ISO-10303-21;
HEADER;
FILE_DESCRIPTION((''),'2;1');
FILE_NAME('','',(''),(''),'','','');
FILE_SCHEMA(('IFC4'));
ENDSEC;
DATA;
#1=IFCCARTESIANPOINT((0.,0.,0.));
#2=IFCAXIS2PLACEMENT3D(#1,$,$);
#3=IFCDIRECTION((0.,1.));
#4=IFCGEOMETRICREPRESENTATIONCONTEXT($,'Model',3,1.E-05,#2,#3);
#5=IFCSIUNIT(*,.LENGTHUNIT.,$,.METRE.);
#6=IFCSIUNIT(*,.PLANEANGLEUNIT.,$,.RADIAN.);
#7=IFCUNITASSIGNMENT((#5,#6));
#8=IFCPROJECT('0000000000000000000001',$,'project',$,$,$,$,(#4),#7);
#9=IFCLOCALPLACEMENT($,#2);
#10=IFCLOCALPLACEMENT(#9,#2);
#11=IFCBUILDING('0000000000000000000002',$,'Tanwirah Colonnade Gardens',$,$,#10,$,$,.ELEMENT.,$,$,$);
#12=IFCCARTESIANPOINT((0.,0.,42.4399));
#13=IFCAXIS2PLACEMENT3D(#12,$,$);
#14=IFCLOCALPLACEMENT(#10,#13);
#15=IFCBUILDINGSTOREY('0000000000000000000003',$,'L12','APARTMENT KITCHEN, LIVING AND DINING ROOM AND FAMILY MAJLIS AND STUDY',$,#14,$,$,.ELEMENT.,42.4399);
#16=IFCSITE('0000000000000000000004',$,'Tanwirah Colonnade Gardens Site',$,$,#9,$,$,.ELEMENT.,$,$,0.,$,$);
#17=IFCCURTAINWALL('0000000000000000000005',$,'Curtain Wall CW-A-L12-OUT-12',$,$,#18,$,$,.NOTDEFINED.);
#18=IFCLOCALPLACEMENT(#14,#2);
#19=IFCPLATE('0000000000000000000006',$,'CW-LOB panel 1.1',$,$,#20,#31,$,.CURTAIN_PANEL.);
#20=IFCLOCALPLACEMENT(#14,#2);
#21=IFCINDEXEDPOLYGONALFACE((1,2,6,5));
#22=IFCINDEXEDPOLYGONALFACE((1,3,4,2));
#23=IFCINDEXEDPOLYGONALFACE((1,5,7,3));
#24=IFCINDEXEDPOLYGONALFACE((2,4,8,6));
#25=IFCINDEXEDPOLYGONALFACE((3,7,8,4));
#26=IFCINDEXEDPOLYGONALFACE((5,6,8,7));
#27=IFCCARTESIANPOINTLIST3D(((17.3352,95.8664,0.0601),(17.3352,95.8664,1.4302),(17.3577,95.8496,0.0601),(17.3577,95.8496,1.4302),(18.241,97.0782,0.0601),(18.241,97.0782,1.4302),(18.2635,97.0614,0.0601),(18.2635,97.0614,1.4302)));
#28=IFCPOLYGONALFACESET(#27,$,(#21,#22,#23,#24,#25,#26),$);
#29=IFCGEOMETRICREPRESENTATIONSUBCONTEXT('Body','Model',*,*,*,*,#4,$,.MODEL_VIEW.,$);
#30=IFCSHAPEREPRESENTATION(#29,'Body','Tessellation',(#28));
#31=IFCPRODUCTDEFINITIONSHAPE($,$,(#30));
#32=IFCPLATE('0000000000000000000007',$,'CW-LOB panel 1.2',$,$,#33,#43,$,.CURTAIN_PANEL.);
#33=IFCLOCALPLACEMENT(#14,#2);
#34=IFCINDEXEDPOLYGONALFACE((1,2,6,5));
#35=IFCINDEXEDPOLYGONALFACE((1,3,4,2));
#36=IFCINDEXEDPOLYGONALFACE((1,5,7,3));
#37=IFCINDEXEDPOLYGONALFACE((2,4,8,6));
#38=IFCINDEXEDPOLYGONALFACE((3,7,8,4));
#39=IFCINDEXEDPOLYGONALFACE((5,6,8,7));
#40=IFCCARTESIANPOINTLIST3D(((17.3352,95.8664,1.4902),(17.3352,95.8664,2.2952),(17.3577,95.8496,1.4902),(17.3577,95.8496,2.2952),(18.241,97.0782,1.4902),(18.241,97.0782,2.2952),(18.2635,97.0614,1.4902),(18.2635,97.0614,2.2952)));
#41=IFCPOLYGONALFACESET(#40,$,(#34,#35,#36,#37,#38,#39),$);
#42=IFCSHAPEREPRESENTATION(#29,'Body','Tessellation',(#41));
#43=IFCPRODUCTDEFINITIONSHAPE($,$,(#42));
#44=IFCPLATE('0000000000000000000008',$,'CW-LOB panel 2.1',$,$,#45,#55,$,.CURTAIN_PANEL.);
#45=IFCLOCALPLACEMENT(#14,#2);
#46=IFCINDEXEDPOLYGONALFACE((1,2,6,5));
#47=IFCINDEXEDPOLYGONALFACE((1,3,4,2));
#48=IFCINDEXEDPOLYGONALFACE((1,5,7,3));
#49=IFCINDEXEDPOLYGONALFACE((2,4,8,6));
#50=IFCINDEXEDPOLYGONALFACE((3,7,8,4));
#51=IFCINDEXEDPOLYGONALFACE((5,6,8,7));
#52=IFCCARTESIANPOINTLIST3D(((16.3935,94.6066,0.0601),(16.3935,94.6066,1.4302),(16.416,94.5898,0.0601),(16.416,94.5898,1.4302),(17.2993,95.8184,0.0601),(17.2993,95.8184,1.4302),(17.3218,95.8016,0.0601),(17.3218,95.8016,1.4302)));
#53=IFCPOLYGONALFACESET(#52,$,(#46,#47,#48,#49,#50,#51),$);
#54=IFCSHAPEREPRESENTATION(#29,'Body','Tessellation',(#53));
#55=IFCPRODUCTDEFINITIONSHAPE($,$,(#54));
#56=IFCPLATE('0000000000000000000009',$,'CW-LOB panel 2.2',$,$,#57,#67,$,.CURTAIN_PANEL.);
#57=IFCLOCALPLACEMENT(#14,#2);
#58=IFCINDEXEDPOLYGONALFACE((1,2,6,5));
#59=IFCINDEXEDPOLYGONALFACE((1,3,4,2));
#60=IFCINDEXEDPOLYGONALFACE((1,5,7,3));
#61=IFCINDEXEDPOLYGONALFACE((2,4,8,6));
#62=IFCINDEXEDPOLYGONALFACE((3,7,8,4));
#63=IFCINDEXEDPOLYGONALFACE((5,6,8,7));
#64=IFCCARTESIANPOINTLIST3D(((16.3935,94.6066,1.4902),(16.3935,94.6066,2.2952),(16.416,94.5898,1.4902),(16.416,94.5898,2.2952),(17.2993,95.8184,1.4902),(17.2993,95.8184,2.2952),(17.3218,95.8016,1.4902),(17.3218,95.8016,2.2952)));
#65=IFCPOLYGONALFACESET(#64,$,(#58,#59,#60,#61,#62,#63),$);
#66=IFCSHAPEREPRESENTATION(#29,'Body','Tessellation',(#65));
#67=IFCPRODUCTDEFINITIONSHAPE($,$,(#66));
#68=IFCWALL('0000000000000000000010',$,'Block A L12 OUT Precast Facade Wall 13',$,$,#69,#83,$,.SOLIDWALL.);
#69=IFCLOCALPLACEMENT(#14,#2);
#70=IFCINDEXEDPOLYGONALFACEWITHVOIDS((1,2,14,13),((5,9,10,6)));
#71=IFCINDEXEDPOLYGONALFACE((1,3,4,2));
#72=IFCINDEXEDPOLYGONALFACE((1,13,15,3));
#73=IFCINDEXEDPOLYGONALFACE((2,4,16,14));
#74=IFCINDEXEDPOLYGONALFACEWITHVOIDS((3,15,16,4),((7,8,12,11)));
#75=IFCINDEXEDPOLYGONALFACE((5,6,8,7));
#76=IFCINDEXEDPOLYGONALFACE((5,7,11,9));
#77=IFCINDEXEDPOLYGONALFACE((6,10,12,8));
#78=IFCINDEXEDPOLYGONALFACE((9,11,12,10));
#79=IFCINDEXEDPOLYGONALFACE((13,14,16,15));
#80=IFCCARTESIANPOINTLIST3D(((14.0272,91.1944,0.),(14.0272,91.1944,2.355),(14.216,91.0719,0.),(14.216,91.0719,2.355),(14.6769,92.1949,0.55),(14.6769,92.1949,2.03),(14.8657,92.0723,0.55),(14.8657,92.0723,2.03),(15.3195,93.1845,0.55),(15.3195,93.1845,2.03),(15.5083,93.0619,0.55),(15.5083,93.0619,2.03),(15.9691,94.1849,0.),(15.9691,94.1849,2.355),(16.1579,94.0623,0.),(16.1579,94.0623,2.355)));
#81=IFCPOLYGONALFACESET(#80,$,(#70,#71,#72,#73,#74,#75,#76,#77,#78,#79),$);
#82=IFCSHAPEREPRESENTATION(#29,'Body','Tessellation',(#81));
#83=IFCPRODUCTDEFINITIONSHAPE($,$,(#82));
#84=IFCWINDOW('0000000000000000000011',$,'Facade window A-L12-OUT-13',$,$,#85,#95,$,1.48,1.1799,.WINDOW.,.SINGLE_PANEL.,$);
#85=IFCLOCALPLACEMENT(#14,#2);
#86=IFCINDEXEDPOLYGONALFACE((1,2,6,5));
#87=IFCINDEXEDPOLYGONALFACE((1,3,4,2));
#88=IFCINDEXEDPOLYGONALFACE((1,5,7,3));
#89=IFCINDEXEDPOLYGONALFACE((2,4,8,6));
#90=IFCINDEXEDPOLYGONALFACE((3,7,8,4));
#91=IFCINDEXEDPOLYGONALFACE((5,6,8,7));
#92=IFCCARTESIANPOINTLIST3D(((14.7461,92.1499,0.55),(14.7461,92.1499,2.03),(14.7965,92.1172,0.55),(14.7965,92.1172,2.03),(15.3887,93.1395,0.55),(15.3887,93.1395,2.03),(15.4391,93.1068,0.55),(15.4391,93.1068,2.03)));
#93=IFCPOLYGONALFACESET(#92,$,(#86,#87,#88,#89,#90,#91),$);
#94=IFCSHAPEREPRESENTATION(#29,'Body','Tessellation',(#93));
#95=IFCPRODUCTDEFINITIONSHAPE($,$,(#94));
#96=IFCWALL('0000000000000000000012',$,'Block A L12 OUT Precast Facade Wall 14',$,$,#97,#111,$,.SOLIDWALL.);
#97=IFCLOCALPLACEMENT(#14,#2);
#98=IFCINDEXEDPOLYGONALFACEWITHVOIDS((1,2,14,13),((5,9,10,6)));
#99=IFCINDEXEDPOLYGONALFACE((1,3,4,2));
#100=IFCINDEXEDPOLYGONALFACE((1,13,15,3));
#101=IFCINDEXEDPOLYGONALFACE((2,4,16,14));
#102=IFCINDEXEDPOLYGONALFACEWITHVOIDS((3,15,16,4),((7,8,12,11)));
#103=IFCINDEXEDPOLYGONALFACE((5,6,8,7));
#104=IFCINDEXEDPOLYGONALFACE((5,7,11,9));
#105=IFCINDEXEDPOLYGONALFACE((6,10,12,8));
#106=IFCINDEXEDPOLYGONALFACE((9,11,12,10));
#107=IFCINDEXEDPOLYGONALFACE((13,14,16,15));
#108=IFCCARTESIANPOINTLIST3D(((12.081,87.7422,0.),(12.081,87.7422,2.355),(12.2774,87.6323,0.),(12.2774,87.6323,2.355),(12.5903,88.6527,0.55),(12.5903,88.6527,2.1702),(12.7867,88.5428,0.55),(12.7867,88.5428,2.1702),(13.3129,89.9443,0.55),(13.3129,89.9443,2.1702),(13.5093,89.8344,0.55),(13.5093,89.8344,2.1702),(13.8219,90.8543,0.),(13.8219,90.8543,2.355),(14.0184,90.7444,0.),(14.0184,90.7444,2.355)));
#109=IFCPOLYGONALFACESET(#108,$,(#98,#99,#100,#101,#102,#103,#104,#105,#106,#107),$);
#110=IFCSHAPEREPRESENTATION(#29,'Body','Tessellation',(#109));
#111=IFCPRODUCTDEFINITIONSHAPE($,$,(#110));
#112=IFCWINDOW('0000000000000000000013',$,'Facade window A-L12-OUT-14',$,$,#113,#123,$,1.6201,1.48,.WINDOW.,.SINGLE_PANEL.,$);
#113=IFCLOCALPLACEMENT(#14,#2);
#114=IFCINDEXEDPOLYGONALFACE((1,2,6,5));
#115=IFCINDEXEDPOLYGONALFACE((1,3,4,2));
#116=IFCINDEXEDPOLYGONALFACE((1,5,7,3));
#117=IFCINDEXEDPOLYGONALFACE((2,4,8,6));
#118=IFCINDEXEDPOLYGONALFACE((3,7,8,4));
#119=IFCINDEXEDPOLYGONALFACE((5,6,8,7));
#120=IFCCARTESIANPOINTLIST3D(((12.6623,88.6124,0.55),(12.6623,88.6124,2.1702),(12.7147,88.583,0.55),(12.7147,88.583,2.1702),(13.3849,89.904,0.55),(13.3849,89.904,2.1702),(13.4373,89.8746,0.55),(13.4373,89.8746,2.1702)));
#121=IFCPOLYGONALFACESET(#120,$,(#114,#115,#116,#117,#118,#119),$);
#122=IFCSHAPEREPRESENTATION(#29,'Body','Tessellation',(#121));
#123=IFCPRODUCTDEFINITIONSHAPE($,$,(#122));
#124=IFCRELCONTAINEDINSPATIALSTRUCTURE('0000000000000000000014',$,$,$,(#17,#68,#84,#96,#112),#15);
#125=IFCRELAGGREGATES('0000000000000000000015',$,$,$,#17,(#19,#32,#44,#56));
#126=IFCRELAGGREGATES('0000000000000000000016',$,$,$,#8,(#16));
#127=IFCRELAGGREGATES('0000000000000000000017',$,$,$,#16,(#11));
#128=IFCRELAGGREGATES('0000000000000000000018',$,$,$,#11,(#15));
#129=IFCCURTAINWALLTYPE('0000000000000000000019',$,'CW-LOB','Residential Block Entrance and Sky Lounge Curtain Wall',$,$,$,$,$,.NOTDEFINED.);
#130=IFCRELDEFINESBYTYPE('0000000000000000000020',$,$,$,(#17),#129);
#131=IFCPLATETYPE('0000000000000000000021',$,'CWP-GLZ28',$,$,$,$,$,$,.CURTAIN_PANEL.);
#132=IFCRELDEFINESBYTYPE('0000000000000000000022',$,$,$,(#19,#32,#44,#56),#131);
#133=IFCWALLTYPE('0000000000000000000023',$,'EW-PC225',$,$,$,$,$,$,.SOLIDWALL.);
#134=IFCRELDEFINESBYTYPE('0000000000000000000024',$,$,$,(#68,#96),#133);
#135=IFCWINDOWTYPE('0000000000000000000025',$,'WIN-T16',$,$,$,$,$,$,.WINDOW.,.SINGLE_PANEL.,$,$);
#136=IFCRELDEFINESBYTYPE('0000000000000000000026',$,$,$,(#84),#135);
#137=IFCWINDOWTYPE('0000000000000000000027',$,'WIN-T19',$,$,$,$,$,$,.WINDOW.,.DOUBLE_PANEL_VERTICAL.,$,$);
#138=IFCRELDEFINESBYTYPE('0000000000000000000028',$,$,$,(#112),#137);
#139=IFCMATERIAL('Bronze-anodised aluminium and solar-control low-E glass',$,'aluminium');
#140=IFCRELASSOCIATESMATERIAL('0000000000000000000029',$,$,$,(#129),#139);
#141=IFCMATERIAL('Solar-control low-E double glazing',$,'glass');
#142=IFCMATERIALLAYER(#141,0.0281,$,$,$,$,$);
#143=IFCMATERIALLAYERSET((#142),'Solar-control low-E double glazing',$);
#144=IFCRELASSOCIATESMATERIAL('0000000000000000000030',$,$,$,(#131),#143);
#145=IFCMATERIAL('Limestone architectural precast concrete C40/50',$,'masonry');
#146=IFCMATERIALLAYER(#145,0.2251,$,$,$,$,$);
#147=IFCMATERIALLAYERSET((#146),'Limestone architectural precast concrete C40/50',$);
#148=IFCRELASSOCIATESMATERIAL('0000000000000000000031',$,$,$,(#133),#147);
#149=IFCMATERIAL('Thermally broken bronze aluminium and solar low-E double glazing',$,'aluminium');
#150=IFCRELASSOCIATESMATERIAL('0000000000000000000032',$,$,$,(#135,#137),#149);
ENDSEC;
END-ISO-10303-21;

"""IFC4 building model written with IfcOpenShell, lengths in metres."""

from ifc_helpers import new_model, si_unit, direction, frame, frame_2d, origin, origin_2d, place, context, subcontext, project, spatial, rectangle, extrude, material, layer, layer_set, type_object, element, fill, aggregate, save


model = new_model("IFC4")

# Units and contexts
model_context = context("Model", 3, precision=1e-05, world=origin(), true_north=direction((0.0, 1.0)))
body_context = subcontext(model_context, "Body", "Model", "MODEL_VIEW")
ifc_project = project(units=[si_unit("LENGTHUNIT", "METRE"), si_unit("PLANEANGLEUNIT", "RADIAN")], contexts=[model_context])

# Site, building, storey
site_placement = place(None, origin())
site = spatial("IfcSite", under=ifc_project, at=site_placement, Name="Tanwirah Colonnade Gardens Site", CompositionType="ELEMENT", RefElevation=0.0)
building_placement = place(site_placement, origin())
building = spatial("IfcBuilding", under=site, at=building_placement, Name="Tanwirah Colonnade Gardens", CompositionType="ELEMENT")
storey_placement = place(building_placement, frame((0.0, 0.0, 42.4399)))
storey = spatial("IfcBuildingStorey", under=building, at=storey_placement, Name="L12", Description="APARTMENT KITCHEN, LIVING AND DINING ROOM AND FAMILY MAJLIS AND STUDY", CompositionType="ELEMENT", Elevation=42.4399)

# Curtain wall
ifc_material_1 = material(Name="Bronze-anodised aluminium and solar-control low-E glass", Category="aluminium")
curtain_wall_type = type_object("IfcCurtainWallType", Name="CW-LOB", Description="Residential Block Entrance and Sky Lounge Curtain Wall", PredefinedType="NOTDEFINED", material=ifc_material_1)
curtain_wall_placement = place(storey_placement, origin())
curtain_wall = element("IfcCurtainWall", 1, at=curtain_wall_placement, inside=storey, type_object=curtain_wall_type, Name="Curtain Wall CW-A-L12-OUT-12", PredefinedType="NOTDEFINED")

# Plates
ifc_material_2 = material(Name="Solar-control low-E double glazing", Category="glass")
ifc_layer_1 = layer(ifc_material_2, 0.0281)
ifc_layer_set_1 = layer_set([ifc_layer_1], Name="Solar-control low-E double glazing")
plate_type = type_object("IfcPlateType", Name="CWP-GLZ28", PredefinedType="CURTAIN_PANEL", material=ifc_layer_set_1)
plate_1_placement = place(storey_placement, frame((17.7993, 96.4639, 0.0601), z_axis=(0.0, 0.0, 1.0), x_axis=(-0.598714, -0.800963, 0.0)))
plate_1 = element("IfcPlate", 2, at=plate_1_placement, type_object=plate_type, Name="CW-LOB panel 1.1", PredefinedType="CURTAIN_PANEL", context=body_context, shape_type="SweptSolid", body=[
    extrude(rectangle(XDim=1.5129, YDim=0.0281, at=origin_2d()), origin(), (0.0, 0.0, 1.0), 1.3701),
])
plate_2_placement = place(storey_placement, frame((17.7993, 96.4639, 1.4902), z_axis=(0.0, 0.0, 1.0), x_axis=(-0.598714, -0.800963, 0.0)))
plate_2 = element("IfcPlate", 3, at=plate_2_placement, type_object=plate_type, Name="CW-LOB panel 1.2", PredefinedType="CURTAIN_PANEL", context=body_context, shape_type="SweptSolid", body=[
    extrude(rectangle(XDim=1.5129, YDim=0.0281, at=origin_2d()), origin(), (0.0, 0.0, 1.0), 0.8049),
])
plate_3_placement = place(storey_placement, frame((16.8577, 95.2041, 0.0601), z_axis=(0.0, 0.0, 1.0), x_axis=(-0.598714, -0.800963, 0.0)))
plate_3 = element("IfcPlate", 4, at=plate_3_placement, type_object=plate_type, Name="CW-LOB panel 2.1", PredefinedType="CURTAIN_PANEL", context=body_context, shape_type="SweptSolid", body=[
    extrude(rectangle(XDim=1.5129, YDim=0.0281, at=origin_2d()), origin(), (0.0, 0.0, 1.0), 1.3701),
])
plate_4_placement = place(storey_placement, frame((16.8577, 95.2041, 1.4902), z_axis=(0.0, 0.0, 1.0), x_axis=(-0.598714, -0.800963, 0.0)))
plate_4 = element("IfcPlate", 5, at=plate_4_placement, type_object=plate_type, Name="CW-LOB panel 2.2", PredefinedType="CURTAIN_PANEL", context=body_context, shape_type="SweptSolid", body=[
    extrude(rectangle(XDim=1.5129, YDim=0.0281, at=origin_2d()), origin(), (0.0, 0.0, 1.0), 0.8049),
])
aggregate(curtain_wall, [plate_1, plate_2, plate_3, plate_4])

# Walls, openings, windows
ifc_material_3 = material(Name="Limestone architectural precast concrete C40/50", Category="masonry")
ifc_layer_2 = layer(ifc_material_3, 0.2251)
ifc_layer_set_2 = layer_set([ifc_layer_2], Name="Limestone architectural precast concrete C40/50")
wall_type = type_object("IfcWallType", Name="EW-PC225", PredefinedType="SOLIDWALL", material=ifc_layer_set_2)
wall_1_placement = place(storey_placement, frame((16.0635, 94.1235, 0.0), z_axis=(0.0, 0.0, 1.0), x_axis=(-0.54461, -0.838689, 0.0)))
wall_1 = element("IfcWall", 6, at=wall_1_placement, inside=storey, type_object=wall_type, Name="Block A L12 OUT Precast Facade Wall 13", PredefinedType="SOLIDWALL", context=body_context, shape_type="SweptSolid", body=[
    extrude(rectangle(XDim=3.5657, YDim=0.2251, at=frame_2d((1.7827, 0.0))), origin(), (0.0, 0.0, 1.0), 2.355),
])
opening_1_placement = place(wall_1_placement, frame((1.1929, 0.0, 0.55)))
opening_1 = element("IfcOpeningElement", 7, at=opening_1_placement, cuts=wall_1, PredefinedType="OPENING", context=body_context, shape_type="SweptSolid", body=[
    extrude(rectangle(XDim=1.1799, YDim=1.48, at=frame_2d((0.5898, 0.74))), frame((0.0, 0.1226, 0.0), z_axis=(0.0, -1.0, 0.0), x_axis=(1.0, 0.0, 0.0)), (0.0, 0.0, 1.0), 0.2451),
])
ifc_material_4 = material(Name="Thermally broken bronze aluminium and solar low-E double glazing", Category="aluminium")
window_type_1 = type_object("IfcWindowType", Name="WIN-T16", PartitioningType="SINGLE_PANEL", PredefinedType="WINDOW", material=ifc_material_4)
window_1_placement = place(opening_1_placement, origin())
window_1 = element("IfcWindow", 8, at=window_1_placement, inside=storey, type_object=window_type_1, Name="Facade window A-L12-OUT-13", OverallHeight=1.48, OverallWidth=1.1799, PartitioningType="SINGLE_PANEL", PredefinedType="WINDOW", context=body_context, shape_type="SweptSolid", body=[
    extrude(rectangle(XDim=1.1799, YDim=1.48, at=frame_2d((0.5898, 0.74))), frame((0.0, 0.03, 0.0), z_axis=(0.0, -1.0, 0.0), x_axis=(1.0, 0.0, 0.0)), (0.0, 0.0, 1.0), 0.0601),
])
fill(opening_1, window_1)
wall_2_placement = place(storey_placement, frame((13.9202, 90.7993, 0.0), z_axis=(0.0, 0.0, 1.0), x_axis=(-0.488222, -0.87272, 0.0)))
wall_2 = element("IfcWall", 9, at=wall_2_placement, inside=storey, type_object=wall_type, Name="Block A L12 OUT Precast Facade Wall 14", PredefinedType="SOLIDWALL", context=body_context, shape_type="SweptSolid", body=[
    extrude(rectangle(XDim=3.5659, YDim=0.2251, at=frame_2d((1.783, 0.0))), origin(), (0.0, 0.0, 1.0), 2.355),
])
opening_2_placement = place(wall_2_placement, frame((1.0427, 0.0, 0.55)))
opening_2 = element("IfcOpeningElement", 10, at=opening_2_placement, cuts=wall_2, PredefinedType="OPENING", context=body_context, shape_type="SweptSolid", body=[
    extrude(rectangle(XDim=1.48, YDim=1.6201, at=frame_2d((0.74, 0.8101))), frame((0.0, 0.1226, 0.0), z_axis=(0.0, -1.0, 0.0), x_axis=(1.0, 0.0, 0.0)), (0.0, 0.0, 1.0), 0.2451),
])
window_type_2 = type_object("IfcWindowType", Name="WIN-T19", PartitioningType="DOUBLE_PANEL_VERTICAL", PredefinedType="WINDOW", material=ifc_material_4)
window_2_placement = place(opening_2_placement, origin())
window_2 = element("IfcWindow", 11, at=window_2_placement, inside=storey, type_object=window_type_2, Name="Facade window A-L12-OUT-14", OverallHeight=1.6201, OverallWidth=1.48, PartitioningType="SINGLE_PANEL", PredefinedType="WINDOW", context=body_context, shape_type="SweptSolid", body=[
    extrude(rectangle(XDim=1.48, YDim=1.6201, at=frame_2d((0.74, 0.8101))), frame((0.0, 0.03, 0.0), z_axis=(0.0, -1.0, 0.0), x_axis=(1.0, 0.0, 0.0)), (0.0, 0.0, 1.0), 0.0601),
])
fill(opening_2, window_2)

save(model, "model.ifc")
